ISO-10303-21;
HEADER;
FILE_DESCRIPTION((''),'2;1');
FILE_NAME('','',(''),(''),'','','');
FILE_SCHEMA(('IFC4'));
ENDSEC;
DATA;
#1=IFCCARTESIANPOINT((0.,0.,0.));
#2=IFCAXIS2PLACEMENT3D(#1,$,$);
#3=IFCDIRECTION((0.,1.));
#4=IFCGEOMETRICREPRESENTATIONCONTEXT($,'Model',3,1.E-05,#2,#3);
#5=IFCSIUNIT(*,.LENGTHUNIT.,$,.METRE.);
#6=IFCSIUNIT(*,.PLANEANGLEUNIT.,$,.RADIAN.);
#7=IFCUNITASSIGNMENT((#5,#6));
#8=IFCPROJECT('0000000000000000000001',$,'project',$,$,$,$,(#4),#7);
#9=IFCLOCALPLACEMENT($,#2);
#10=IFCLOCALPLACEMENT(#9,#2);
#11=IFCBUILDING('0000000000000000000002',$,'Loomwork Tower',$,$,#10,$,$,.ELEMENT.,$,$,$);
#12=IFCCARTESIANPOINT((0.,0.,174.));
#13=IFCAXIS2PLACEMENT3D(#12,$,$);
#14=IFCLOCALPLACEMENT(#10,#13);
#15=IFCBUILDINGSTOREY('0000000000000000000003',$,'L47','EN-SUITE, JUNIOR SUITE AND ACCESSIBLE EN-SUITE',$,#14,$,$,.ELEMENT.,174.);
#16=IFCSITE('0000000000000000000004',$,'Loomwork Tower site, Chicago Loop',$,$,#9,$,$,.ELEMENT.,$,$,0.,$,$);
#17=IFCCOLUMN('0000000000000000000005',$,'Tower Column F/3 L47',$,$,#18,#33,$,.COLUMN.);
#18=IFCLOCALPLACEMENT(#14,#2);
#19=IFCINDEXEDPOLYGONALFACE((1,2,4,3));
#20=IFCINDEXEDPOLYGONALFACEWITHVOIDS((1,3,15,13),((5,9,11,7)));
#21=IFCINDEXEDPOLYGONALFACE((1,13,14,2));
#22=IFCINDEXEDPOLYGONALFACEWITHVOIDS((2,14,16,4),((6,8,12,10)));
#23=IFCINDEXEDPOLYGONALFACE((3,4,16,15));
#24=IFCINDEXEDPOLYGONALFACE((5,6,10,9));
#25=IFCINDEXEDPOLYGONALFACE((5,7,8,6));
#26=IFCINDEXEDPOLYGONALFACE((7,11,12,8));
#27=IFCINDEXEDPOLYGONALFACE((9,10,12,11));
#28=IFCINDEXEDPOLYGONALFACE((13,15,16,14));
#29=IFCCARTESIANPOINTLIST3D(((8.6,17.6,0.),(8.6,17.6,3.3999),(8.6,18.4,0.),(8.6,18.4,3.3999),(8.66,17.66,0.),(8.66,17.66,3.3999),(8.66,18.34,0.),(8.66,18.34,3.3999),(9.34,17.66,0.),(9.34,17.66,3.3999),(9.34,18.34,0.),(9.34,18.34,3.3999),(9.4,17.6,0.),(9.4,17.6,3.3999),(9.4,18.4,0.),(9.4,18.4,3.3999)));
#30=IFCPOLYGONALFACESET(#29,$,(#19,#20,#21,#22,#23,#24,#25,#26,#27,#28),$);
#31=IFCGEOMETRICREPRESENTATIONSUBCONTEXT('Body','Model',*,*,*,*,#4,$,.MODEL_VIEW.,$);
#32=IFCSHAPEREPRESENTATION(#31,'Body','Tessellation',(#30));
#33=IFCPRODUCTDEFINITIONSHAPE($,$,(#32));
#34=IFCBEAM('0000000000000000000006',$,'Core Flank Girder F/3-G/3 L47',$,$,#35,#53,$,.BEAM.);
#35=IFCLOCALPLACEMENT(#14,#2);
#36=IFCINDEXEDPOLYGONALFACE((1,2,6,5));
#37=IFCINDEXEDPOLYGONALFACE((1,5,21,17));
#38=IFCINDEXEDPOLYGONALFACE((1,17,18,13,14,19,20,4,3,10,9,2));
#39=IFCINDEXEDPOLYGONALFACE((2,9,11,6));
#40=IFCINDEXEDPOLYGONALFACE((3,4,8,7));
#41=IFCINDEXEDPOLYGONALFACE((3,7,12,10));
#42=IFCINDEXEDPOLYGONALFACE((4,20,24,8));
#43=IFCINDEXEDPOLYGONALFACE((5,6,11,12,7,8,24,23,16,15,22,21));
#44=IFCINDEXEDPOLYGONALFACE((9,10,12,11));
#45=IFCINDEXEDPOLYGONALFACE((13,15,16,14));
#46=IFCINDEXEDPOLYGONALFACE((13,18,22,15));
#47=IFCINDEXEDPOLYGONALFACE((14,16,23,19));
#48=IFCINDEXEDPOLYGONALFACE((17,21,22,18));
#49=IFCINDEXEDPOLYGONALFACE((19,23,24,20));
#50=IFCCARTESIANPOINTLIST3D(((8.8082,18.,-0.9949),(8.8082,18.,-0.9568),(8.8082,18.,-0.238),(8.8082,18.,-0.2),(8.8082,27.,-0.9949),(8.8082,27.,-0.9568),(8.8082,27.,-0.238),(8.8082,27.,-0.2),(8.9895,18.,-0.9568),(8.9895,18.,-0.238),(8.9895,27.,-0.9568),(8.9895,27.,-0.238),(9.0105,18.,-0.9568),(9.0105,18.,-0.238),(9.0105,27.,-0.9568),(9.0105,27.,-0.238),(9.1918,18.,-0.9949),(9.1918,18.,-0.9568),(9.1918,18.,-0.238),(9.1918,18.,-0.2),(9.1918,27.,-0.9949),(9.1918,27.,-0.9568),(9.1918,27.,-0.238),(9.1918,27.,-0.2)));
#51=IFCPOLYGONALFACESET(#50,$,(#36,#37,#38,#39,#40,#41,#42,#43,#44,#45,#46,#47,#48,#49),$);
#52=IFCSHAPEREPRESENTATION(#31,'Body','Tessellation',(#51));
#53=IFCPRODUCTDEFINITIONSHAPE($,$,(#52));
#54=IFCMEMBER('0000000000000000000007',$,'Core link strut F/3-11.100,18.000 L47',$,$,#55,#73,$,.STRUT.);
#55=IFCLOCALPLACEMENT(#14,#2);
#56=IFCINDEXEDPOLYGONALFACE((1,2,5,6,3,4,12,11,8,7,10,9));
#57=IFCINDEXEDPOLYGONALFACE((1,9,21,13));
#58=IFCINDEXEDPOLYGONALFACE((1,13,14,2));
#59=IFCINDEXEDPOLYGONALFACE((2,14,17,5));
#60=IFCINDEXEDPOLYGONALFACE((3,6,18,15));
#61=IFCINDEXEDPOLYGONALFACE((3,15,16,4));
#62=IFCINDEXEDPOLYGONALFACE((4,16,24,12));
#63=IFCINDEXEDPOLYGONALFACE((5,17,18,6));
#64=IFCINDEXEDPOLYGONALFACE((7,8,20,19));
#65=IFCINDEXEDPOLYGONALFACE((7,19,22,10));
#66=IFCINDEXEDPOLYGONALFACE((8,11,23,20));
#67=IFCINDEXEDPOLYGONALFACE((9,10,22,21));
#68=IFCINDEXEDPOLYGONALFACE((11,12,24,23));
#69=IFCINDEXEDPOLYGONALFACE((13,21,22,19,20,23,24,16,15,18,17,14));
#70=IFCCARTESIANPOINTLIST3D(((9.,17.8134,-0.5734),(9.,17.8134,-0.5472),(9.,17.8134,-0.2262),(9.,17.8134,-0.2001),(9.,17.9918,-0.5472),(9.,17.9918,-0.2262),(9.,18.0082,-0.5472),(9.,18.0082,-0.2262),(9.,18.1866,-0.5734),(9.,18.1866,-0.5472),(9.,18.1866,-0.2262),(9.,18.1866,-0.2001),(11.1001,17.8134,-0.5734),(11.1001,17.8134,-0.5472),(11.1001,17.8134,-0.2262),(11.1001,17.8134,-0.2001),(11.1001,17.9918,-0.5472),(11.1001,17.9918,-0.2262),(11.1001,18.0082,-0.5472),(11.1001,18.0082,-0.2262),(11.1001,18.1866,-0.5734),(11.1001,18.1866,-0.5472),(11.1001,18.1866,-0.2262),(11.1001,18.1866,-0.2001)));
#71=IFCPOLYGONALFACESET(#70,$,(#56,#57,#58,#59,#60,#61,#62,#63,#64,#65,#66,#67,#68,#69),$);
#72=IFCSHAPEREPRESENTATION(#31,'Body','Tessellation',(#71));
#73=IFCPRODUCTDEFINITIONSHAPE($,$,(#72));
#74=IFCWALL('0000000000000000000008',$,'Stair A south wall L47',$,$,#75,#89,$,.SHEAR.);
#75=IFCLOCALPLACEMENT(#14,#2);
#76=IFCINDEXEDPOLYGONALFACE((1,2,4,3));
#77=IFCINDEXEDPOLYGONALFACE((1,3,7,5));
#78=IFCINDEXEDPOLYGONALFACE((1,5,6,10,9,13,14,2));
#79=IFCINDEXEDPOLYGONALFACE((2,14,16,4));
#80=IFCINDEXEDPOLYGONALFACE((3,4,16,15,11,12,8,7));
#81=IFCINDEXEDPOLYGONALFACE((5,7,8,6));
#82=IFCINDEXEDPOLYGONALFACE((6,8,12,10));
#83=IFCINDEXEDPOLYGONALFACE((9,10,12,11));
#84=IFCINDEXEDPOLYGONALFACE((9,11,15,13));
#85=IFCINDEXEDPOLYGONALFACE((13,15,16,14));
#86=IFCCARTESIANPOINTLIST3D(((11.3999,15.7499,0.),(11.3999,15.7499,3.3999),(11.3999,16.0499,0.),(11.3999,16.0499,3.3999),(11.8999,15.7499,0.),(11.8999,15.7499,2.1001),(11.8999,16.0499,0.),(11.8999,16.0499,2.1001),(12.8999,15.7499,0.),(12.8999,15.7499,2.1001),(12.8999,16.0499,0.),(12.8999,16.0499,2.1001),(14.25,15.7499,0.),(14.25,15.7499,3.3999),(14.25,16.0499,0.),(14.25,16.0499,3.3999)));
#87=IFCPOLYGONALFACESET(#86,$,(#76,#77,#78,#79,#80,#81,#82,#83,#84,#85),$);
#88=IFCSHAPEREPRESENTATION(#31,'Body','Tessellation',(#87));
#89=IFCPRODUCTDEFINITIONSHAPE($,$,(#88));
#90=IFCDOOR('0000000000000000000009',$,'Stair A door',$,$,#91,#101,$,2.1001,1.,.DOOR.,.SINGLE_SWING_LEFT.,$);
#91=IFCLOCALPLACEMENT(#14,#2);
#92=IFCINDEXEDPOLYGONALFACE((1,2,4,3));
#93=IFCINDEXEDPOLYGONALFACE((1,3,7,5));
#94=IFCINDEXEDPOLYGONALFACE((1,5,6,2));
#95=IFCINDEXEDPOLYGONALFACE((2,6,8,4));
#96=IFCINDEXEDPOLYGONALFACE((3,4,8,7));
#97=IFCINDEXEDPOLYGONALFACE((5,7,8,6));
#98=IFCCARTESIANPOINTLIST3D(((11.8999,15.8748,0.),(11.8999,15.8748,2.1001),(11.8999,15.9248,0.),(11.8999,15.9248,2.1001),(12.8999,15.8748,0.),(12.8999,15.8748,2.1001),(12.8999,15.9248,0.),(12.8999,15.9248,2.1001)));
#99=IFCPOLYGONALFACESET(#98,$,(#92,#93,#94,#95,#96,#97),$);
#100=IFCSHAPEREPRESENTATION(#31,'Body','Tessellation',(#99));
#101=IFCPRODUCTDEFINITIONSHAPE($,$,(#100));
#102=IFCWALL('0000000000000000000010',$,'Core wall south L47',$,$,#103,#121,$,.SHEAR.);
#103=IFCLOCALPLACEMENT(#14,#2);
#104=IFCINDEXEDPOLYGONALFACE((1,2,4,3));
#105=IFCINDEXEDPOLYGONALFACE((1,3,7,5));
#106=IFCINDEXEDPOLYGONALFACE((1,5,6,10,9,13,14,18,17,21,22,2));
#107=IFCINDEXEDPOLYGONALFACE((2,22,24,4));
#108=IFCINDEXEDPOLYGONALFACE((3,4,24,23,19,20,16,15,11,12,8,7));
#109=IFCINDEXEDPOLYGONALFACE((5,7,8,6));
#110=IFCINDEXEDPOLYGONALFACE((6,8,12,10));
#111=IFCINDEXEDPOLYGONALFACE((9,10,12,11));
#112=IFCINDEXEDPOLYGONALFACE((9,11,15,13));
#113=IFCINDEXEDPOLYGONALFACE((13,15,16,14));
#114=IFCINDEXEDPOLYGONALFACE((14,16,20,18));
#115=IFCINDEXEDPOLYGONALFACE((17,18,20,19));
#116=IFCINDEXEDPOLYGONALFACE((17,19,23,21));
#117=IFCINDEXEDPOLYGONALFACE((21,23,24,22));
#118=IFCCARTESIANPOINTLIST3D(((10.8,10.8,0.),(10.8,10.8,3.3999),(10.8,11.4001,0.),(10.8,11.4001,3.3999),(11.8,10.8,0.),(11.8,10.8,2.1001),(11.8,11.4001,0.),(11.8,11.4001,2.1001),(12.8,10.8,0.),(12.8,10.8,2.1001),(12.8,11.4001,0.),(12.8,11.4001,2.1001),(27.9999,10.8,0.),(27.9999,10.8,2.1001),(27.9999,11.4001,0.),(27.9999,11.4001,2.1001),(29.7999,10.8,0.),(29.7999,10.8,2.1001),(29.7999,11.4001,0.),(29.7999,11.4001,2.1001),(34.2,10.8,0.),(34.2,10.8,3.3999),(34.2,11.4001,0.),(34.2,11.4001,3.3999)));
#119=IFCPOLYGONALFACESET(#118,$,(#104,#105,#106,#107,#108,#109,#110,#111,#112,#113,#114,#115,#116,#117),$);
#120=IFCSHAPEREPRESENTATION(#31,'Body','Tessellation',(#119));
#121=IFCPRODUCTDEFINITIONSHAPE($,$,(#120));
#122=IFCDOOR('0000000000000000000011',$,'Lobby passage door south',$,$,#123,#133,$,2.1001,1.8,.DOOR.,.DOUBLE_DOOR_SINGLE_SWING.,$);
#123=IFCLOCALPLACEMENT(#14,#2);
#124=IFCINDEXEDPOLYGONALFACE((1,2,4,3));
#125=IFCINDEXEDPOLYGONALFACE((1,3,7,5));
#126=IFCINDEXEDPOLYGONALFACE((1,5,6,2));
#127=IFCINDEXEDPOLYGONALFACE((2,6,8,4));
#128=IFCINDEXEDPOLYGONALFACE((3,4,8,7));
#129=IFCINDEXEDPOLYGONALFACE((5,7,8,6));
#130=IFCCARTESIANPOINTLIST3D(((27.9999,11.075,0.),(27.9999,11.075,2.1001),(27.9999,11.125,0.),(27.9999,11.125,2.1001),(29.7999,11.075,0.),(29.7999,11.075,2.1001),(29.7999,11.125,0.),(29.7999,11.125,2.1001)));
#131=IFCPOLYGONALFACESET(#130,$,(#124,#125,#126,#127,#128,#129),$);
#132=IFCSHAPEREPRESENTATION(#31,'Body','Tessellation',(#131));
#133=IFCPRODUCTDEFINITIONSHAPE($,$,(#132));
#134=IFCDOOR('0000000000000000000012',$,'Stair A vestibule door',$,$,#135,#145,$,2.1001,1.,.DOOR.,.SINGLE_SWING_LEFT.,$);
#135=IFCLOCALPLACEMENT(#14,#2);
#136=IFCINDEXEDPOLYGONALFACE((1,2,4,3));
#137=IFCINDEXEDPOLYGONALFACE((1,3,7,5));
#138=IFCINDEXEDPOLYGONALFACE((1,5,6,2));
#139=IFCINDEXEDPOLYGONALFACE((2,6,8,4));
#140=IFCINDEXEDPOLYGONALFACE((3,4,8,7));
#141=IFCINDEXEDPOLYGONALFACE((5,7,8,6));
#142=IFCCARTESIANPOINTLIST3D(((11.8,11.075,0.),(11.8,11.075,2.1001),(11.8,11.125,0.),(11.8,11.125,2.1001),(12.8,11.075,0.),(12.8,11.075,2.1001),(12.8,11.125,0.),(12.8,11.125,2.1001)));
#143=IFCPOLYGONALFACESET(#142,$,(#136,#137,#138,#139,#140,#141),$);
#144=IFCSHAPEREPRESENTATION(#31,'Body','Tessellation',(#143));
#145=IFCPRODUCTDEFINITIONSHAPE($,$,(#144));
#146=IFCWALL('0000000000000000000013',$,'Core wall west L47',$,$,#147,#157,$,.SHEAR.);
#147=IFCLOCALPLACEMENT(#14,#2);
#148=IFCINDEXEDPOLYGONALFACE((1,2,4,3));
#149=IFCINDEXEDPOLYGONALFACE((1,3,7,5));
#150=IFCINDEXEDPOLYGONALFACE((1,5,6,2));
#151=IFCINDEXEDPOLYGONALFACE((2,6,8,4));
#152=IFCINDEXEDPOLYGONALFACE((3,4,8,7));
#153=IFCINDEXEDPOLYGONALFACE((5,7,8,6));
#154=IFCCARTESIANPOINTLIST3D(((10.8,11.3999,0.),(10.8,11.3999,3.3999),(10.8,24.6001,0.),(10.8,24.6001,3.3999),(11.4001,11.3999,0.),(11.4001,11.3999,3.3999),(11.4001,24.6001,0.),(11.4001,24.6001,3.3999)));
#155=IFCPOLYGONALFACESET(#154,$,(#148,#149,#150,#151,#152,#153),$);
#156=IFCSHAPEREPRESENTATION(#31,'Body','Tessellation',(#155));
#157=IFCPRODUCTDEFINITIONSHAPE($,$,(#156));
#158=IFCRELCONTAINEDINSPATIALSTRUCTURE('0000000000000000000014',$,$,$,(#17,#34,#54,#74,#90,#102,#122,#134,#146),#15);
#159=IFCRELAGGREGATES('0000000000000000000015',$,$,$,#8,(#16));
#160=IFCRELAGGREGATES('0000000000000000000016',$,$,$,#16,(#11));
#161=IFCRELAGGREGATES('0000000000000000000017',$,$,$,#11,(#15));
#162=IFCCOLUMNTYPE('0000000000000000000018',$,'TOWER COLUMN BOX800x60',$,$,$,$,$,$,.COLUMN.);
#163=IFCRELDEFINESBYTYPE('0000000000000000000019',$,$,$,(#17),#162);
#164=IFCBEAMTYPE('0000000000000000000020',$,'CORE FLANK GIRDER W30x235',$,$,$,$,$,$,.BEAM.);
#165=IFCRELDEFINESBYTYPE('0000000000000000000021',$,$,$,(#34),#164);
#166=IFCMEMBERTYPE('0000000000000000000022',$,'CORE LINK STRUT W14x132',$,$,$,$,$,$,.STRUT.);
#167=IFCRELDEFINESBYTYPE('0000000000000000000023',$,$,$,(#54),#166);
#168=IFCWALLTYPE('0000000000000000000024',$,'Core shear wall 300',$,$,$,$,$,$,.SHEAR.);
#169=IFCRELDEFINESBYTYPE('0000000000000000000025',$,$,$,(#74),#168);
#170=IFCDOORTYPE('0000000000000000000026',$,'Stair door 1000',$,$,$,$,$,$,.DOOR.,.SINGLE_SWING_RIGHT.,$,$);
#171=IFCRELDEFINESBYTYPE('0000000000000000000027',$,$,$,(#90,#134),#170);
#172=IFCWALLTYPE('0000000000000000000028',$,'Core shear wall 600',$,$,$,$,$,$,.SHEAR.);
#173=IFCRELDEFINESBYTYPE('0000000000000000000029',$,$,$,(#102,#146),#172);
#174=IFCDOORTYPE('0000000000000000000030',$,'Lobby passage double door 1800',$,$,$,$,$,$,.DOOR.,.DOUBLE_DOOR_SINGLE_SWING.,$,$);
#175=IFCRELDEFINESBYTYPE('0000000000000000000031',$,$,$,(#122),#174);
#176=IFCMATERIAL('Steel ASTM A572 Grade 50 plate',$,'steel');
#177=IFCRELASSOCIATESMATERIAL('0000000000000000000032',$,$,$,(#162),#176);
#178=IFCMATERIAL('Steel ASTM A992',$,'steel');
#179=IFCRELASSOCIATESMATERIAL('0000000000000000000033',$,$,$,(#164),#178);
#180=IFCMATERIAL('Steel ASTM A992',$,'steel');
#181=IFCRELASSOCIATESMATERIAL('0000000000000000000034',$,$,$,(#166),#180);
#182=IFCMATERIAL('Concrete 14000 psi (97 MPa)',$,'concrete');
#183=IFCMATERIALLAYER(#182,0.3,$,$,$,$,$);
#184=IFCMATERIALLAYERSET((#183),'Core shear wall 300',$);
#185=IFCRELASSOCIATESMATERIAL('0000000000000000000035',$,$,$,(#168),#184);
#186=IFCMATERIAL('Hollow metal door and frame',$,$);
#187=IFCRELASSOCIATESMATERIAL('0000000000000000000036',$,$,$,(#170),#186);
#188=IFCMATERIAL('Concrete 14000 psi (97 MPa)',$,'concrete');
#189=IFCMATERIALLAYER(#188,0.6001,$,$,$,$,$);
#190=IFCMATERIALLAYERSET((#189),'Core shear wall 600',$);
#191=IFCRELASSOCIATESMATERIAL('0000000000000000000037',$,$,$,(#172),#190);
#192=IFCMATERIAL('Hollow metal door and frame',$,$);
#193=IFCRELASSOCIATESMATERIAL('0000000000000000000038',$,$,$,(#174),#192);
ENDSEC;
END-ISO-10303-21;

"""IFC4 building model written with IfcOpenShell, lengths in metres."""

from ifc_helpers import new_model, si_unit, direction, frame, frame_2d, origin, origin_2d, place, context, subcontext, project, spatial, rectangle, hollow_rectangle, i_section, extrude, material, layer, layer_set, material_profile, profile_set, type_object, element, fill, save


model = new_model("IFC4")

# Units and contexts
model_context = context("Model", 3, precision=1e-05, world=origin(), true_north=direction((0.0, 1.0)))
body_context = subcontext(model_context, "Body", "Model", "MODEL_VIEW")
ifc_project = project(units=[si_unit("LENGTHUNIT", "METRE"), si_unit("PLANEANGLEUNIT", "RADIAN")], contexts=[model_context])

# Site, building, storey
site_placement = place(None, origin())
site = spatial("IfcSite", under=ifc_project, at=site_placement, Name="Loomwork Tower site, Chicago Loop", CompositionType="ELEMENT", RefElevation=0.0)
building_placement = place(site_placement, origin())
building = spatial("IfcBuilding", under=site, at=building_placement, Name="Loomwork Tower", CompositionType="ELEMENT")
storey_placement = place(building_placement, frame((0.0, 0.0, 174.0)))
storey = spatial("IfcBuildingStorey", under=building, at=storey_placement, Name="L47", Description="EN-SUITE, JUNIOR SUITE AND ACCESSIBLE EN-SUITE", CompositionType="ELEMENT", Elevation=174.0)

# Column
ifc_material_1 = material(Name="Steel ASTM A572 Grade 50 plate", Category="steel")
ifc_material_profile_1 = material_profile(ifc_material_1, hollow_rectangle(XDim=0.8, YDim=0.8, WallThickness=0.0601, at=origin_2d()), Name="BOX800x60")
ifc_profile_set_1 = profile_set([ifc_material_profile_1], Name="Steel ASTM A572 Grade 50 plate")
column_type = type_object("IfcColumnType", Name="TOWER COLUMN BOX800x60", PredefinedType="COLUMN", material=ifc_profile_set_1)
column_placement = place(storey_placement, frame((9.0, 18.0, 0.0), z_axis=(0.0, 0.0, 1.0), x_axis=(1.0, 0.0, 0.0)))
element("IfcColumn", 1, at=column_placement, inside=storey, type_object=column_type, Name="Tower Column F/3 L47", PredefinedType="COLUMN", context=body_context, shape_type="SweptSolid", body=[
    extrude(hollow_rectangle(XDim=0.8, YDim=0.8, WallThickness=0.0601, at=origin_2d()), origin(), (0.0, 0.0, 1.0), 3.3999),
])

# Beam
ifc_material_2 = material(Name="Steel ASTM A992", Category="steel")
ifc_material_profile_2 = material_profile(ifc_material_2, i_section(OverallWidth=0.3835, OverallDepth=0.7949, WebThickness=0.021, FlangeThickness=0.0381, at=origin_2d()), Name="W30x235")
ifc_profile_set_2 = profile_set([ifc_material_profile_2], Name="Steel ASTM A992")
beam_type = type_object("IfcBeamType", Name="CORE FLANK GIRDER W30x235", PredefinedType="BEAM", material=ifc_profile_set_2)
beam_placement = place(storey_placement, frame((9.0, 18.0, -0.5974), z_axis=(0.0, 1.0, 0.0), x_axis=(-1.0, 0.0, 0.0)))
element("IfcBeam", 2, at=beam_placement, inside=storey, type_object=beam_type, Name="Core Flank Girder F/3-G/3 L47", PredefinedType="BEAM", context=body_context, shape_type="SweptSolid", body=[
    extrude(i_section(OverallWidth=0.3835, OverallDepth=0.7949, WebThickness=0.021, FlangeThickness=0.0381, at=origin_2d()), origin(), (0.0, 0.0, 1.0), 9.0),
])

# Member
ifc_material_3 = material(Name="Steel ASTM A992", Category="steel")
ifc_material_profile_3 = material_profile(ifc_material_3, i_section(OverallWidth=0.3733, OverallDepth=0.3733, WebThickness=0.0164, FlangeThickness=0.0261, at=origin_2d()), Name="W14x132")
ifc_profile_set_3 = profile_set([ifc_material_profile_3], Name="Steel ASTM A992")
member_type = type_object("IfcMemberType", Name="CORE LINK STRUT W14x132", PredefinedType="STRUT", material=ifc_profile_set_3)
member_placement = place(storey_placement, frame((9.0, 18.0, -0.3867), z_axis=(1.0, 0.0, 0.0), x_axis=(0.0, 1.0, 0.0)))
element("IfcMember", 3, at=member_placement, inside=storey, type_object=member_type, Name="Core link strut F/3-11.100,18.000 L47", PredefinedType="STRUT", context=body_context, shape_type="SweptSolid", body=[
    extrude(i_section(OverallWidth=0.3733, OverallDepth=0.3733, WebThickness=0.0164, FlangeThickness=0.0261, at=origin_2d()), origin(), (0.0, 0.0, 1.0), 2.1001),
])

# Wall, opening, door
ifc_material_4 = material(Name="Concrete 14000 psi (97 MPa)", Category="concrete")
ifc_layer_1 = layer(ifc_material_4, 0.3)
ifc_layer_set_1 = layer_set([ifc_layer_1], Name="Core shear wall 300")
wall_type_1 = type_object("IfcWallType", Name="Core shear wall 300", PredefinedType="SHEAR", material=ifc_layer_set_1)
wall_1_placement = place(storey_placement, frame((11.3999, 15.8999, 0.0), z_axis=(0.0, 0.0, 1.0), x_axis=(1.0, 0.0, 0.0)))
wall_1 = element("IfcWall", 4, at=wall_1_placement, inside=storey, type_object=wall_type_1, Name="Stair A south wall L47", PredefinedType="SHEAR", context=body_context, shape_type="SweptSolid", body=[
    extrude(rectangle(XDim=2.8501, YDim=0.3, at=frame_2d((1.425, 0.0))), origin(), (0.0, 0.0, 1.0), 3.3999),
])
opening_1_placement = place(wall_1_placement, frame((0.5, 0.0, 0.0)))
opening_1 = element("IfcOpeningElement", 5, at=opening_1_placement, cuts=wall_1, PredefinedType="OPENING", context=body_context, shape_type="SweptSolid", body=[
    extrude(rectangle(XDim=1.0, YDim=2.1001, at=frame_2d((0.5, 1.05))), frame((0.0, 0.1599, 0.0), z_axis=(0.0, -1.0, 0.0), x_axis=(1.0, 0.0, 0.0)), (0.0, 0.0, 1.0), 0.3201),
])
ifc_material_5 = material(Name="Hollow metal door and frame")
door_type_1 = type_object("IfcDoorType", Name="Stair door 1000", OperationType="SINGLE_SWING_RIGHT", PredefinedType="DOOR", material=ifc_material_5)
door_1_placement = place(opening_1_placement, origin())
door_1 = element("IfcDoor", 6, at=door_1_placement, inside=storey, type_object=door_type_1, Name="Stair A door", OperationType="SINGLE_SWING_LEFT", OverallHeight=2.1001, OverallWidth=1.0, PredefinedType="DOOR", context=body_context, shape_type="SweptSolid", body=[
    extrude(rectangle(XDim=1.0, YDim=2.1001, at=frame_2d((0.5, 1.05))), frame((0.0, 0.0249, 0.0), z_axis=(0.0, -1.0, 0.0), x_axis=(1.0, 0.0, 0.0)), (0.0, 0.0, 1.0), 0.05),
])
fill(opening_1, door_1)

# Wall, openings, doors
ifc_material_6 = material(Name="Concrete 14000 psi (97 MPa)", Category="concrete")
ifc_layer_2 = layer(ifc_material_6, 0.6001)
ifc_layer_set_2 = layer_set([ifc_layer_2], Name="Core shear wall 600")
wall_type_2 = type_object("IfcWallType", Name="Core shear wall 600", PredefinedType="SHEAR", material=ifc_layer_set_2)
wall_2_placement = place(storey_placement, frame((10.8, 11.1001, 0.0), z_axis=(0.0, 0.0, 1.0), x_axis=(1.0, 0.0, 0.0)))
wall_2 = element("IfcWall", 7, at=wall_2_placement, inside=storey, type_object=wall_type_2, Name="Core wall south L47", PredefinedType="SHEAR", context=body_context, shape_type="SweptSolid", body=[
    extrude(rectangle(XDim=23.3999, YDim=0.6001, at=frame_2d((11.7, 0.0))), origin(), (0.0, 0.0, 1.0), 3.3999),
])
opening_2_placement = place(wall_2_placement, frame((1.0, 0.0, 0.0)))
opening_2 = element("IfcOpeningElement", 8, at=opening_2_placement, cuts=wall_2, PredefinedType="OPENING", context=body_context, shape_type="SweptSolid", body=[
    extrude(rectangle(XDim=1.0, YDim=2.1001, at=frame_2d((0.5, 1.05))), frame((0.0, 0.3101, 0.0), z_axis=(0.0, -1.0, 0.0), x_axis=(1.0, 0.0, 0.0)), (0.0, 0.0, 1.0), 0.6201),
])
opening_3_placement = place(wall_2_placement, frame((17.2, 0.0, 0.0)))
opening_3 = element("IfcOpeningElement", 9, at=opening_3_placement, cuts=wall_2, PredefinedType="OPENING", context=body_context, shape_type="SweptSolid", body=[
    extrude(rectangle(XDim=1.8, YDim=2.1001, at=frame_2d((0.8999, 1.05))), frame((0.0, 0.3101, 0.0), z_axis=(0.0, -1.0, 0.0), x_axis=(1.0, 0.0, 0.0)), (0.0, 0.0, 1.0), 0.6201),
])
ifc_material_7 = material(Name="Hollow metal door and frame")
door_type_2 = type_object("IfcDoorType", Name="Lobby passage double door 1800", OperationType="DOUBLE_DOOR_SINGLE_SWING", PredefinedType="DOOR", material=ifc_material_7)
door_2_placement = place(opening_3_placement, origin())
door_2 = element("IfcDoor", 10, at=door_2_placement, inside=storey, type_object=door_type_2, Name="Lobby passage door south", OperationType="DOUBLE_DOOR_SINGLE_SWING", OverallHeight=2.1001, OverallWidth=1.8, PredefinedType="DOOR", context=body_context, shape_type="SweptSolid", body=[
    extrude(rectangle(XDim=1.8, YDim=2.1001, at=frame_2d((0.8999, 1.05))), frame((0.0, 0.0249, 0.0), z_axis=(0.0, -1.0, 0.0), x_axis=(1.0, 0.0, 0.0)), (0.0, 0.0, 1.0), 0.05),
])
fill(opening_3, door_2)
door_3_placement = place(opening_2_placement, origin())
door_3 = element("IfcDoor", 11, at=door_3_placement, inside=storey, type_object=door_type_1, Name="Stair A vestibule door", OperationType="SINGLE_SWING_LEFT", OverallHeight=2.1001, OverallWidth=1.0, PredefinedType="DOOR", context=body_context, shape_type="SweptSolid", body=[
    extrude(rectangle(XDim=1.0, YDim=2.1001, at=frame_2d((0.5, 1.05))), frame((0.0, 0.0249, 0.0), z_axis=(0.0, -1.0, 0.0), x_axis=(1.0, 0.0, 0.0)), (0.0, 0.0, 1.0), 0.05),
])
fill(opening_2, door_3)

# Wall
wall_3_placement = place(storey_placement, frame((11.1001, 11.3999, 0.0), z_axis=(0.0, 0.0, 1.0), x_axis=(0.0, 1.0, 0.0)))
element("IfcWall", 12, at=wall_3_placement, inside=storey, type_object=wall_type_2, Name="Core wall west L47", PredefinedType="SHEAR", context=body_context, shape_type="SweptSolid", body=[
    extrude(rectangle(XDim=13.2002, YDim=0.6001, at=frame_2d((6.6001, 0.0))), origin(), (0.0, 0.0, 1.0), 3.3999),
])

save(model, "model.ifc")
